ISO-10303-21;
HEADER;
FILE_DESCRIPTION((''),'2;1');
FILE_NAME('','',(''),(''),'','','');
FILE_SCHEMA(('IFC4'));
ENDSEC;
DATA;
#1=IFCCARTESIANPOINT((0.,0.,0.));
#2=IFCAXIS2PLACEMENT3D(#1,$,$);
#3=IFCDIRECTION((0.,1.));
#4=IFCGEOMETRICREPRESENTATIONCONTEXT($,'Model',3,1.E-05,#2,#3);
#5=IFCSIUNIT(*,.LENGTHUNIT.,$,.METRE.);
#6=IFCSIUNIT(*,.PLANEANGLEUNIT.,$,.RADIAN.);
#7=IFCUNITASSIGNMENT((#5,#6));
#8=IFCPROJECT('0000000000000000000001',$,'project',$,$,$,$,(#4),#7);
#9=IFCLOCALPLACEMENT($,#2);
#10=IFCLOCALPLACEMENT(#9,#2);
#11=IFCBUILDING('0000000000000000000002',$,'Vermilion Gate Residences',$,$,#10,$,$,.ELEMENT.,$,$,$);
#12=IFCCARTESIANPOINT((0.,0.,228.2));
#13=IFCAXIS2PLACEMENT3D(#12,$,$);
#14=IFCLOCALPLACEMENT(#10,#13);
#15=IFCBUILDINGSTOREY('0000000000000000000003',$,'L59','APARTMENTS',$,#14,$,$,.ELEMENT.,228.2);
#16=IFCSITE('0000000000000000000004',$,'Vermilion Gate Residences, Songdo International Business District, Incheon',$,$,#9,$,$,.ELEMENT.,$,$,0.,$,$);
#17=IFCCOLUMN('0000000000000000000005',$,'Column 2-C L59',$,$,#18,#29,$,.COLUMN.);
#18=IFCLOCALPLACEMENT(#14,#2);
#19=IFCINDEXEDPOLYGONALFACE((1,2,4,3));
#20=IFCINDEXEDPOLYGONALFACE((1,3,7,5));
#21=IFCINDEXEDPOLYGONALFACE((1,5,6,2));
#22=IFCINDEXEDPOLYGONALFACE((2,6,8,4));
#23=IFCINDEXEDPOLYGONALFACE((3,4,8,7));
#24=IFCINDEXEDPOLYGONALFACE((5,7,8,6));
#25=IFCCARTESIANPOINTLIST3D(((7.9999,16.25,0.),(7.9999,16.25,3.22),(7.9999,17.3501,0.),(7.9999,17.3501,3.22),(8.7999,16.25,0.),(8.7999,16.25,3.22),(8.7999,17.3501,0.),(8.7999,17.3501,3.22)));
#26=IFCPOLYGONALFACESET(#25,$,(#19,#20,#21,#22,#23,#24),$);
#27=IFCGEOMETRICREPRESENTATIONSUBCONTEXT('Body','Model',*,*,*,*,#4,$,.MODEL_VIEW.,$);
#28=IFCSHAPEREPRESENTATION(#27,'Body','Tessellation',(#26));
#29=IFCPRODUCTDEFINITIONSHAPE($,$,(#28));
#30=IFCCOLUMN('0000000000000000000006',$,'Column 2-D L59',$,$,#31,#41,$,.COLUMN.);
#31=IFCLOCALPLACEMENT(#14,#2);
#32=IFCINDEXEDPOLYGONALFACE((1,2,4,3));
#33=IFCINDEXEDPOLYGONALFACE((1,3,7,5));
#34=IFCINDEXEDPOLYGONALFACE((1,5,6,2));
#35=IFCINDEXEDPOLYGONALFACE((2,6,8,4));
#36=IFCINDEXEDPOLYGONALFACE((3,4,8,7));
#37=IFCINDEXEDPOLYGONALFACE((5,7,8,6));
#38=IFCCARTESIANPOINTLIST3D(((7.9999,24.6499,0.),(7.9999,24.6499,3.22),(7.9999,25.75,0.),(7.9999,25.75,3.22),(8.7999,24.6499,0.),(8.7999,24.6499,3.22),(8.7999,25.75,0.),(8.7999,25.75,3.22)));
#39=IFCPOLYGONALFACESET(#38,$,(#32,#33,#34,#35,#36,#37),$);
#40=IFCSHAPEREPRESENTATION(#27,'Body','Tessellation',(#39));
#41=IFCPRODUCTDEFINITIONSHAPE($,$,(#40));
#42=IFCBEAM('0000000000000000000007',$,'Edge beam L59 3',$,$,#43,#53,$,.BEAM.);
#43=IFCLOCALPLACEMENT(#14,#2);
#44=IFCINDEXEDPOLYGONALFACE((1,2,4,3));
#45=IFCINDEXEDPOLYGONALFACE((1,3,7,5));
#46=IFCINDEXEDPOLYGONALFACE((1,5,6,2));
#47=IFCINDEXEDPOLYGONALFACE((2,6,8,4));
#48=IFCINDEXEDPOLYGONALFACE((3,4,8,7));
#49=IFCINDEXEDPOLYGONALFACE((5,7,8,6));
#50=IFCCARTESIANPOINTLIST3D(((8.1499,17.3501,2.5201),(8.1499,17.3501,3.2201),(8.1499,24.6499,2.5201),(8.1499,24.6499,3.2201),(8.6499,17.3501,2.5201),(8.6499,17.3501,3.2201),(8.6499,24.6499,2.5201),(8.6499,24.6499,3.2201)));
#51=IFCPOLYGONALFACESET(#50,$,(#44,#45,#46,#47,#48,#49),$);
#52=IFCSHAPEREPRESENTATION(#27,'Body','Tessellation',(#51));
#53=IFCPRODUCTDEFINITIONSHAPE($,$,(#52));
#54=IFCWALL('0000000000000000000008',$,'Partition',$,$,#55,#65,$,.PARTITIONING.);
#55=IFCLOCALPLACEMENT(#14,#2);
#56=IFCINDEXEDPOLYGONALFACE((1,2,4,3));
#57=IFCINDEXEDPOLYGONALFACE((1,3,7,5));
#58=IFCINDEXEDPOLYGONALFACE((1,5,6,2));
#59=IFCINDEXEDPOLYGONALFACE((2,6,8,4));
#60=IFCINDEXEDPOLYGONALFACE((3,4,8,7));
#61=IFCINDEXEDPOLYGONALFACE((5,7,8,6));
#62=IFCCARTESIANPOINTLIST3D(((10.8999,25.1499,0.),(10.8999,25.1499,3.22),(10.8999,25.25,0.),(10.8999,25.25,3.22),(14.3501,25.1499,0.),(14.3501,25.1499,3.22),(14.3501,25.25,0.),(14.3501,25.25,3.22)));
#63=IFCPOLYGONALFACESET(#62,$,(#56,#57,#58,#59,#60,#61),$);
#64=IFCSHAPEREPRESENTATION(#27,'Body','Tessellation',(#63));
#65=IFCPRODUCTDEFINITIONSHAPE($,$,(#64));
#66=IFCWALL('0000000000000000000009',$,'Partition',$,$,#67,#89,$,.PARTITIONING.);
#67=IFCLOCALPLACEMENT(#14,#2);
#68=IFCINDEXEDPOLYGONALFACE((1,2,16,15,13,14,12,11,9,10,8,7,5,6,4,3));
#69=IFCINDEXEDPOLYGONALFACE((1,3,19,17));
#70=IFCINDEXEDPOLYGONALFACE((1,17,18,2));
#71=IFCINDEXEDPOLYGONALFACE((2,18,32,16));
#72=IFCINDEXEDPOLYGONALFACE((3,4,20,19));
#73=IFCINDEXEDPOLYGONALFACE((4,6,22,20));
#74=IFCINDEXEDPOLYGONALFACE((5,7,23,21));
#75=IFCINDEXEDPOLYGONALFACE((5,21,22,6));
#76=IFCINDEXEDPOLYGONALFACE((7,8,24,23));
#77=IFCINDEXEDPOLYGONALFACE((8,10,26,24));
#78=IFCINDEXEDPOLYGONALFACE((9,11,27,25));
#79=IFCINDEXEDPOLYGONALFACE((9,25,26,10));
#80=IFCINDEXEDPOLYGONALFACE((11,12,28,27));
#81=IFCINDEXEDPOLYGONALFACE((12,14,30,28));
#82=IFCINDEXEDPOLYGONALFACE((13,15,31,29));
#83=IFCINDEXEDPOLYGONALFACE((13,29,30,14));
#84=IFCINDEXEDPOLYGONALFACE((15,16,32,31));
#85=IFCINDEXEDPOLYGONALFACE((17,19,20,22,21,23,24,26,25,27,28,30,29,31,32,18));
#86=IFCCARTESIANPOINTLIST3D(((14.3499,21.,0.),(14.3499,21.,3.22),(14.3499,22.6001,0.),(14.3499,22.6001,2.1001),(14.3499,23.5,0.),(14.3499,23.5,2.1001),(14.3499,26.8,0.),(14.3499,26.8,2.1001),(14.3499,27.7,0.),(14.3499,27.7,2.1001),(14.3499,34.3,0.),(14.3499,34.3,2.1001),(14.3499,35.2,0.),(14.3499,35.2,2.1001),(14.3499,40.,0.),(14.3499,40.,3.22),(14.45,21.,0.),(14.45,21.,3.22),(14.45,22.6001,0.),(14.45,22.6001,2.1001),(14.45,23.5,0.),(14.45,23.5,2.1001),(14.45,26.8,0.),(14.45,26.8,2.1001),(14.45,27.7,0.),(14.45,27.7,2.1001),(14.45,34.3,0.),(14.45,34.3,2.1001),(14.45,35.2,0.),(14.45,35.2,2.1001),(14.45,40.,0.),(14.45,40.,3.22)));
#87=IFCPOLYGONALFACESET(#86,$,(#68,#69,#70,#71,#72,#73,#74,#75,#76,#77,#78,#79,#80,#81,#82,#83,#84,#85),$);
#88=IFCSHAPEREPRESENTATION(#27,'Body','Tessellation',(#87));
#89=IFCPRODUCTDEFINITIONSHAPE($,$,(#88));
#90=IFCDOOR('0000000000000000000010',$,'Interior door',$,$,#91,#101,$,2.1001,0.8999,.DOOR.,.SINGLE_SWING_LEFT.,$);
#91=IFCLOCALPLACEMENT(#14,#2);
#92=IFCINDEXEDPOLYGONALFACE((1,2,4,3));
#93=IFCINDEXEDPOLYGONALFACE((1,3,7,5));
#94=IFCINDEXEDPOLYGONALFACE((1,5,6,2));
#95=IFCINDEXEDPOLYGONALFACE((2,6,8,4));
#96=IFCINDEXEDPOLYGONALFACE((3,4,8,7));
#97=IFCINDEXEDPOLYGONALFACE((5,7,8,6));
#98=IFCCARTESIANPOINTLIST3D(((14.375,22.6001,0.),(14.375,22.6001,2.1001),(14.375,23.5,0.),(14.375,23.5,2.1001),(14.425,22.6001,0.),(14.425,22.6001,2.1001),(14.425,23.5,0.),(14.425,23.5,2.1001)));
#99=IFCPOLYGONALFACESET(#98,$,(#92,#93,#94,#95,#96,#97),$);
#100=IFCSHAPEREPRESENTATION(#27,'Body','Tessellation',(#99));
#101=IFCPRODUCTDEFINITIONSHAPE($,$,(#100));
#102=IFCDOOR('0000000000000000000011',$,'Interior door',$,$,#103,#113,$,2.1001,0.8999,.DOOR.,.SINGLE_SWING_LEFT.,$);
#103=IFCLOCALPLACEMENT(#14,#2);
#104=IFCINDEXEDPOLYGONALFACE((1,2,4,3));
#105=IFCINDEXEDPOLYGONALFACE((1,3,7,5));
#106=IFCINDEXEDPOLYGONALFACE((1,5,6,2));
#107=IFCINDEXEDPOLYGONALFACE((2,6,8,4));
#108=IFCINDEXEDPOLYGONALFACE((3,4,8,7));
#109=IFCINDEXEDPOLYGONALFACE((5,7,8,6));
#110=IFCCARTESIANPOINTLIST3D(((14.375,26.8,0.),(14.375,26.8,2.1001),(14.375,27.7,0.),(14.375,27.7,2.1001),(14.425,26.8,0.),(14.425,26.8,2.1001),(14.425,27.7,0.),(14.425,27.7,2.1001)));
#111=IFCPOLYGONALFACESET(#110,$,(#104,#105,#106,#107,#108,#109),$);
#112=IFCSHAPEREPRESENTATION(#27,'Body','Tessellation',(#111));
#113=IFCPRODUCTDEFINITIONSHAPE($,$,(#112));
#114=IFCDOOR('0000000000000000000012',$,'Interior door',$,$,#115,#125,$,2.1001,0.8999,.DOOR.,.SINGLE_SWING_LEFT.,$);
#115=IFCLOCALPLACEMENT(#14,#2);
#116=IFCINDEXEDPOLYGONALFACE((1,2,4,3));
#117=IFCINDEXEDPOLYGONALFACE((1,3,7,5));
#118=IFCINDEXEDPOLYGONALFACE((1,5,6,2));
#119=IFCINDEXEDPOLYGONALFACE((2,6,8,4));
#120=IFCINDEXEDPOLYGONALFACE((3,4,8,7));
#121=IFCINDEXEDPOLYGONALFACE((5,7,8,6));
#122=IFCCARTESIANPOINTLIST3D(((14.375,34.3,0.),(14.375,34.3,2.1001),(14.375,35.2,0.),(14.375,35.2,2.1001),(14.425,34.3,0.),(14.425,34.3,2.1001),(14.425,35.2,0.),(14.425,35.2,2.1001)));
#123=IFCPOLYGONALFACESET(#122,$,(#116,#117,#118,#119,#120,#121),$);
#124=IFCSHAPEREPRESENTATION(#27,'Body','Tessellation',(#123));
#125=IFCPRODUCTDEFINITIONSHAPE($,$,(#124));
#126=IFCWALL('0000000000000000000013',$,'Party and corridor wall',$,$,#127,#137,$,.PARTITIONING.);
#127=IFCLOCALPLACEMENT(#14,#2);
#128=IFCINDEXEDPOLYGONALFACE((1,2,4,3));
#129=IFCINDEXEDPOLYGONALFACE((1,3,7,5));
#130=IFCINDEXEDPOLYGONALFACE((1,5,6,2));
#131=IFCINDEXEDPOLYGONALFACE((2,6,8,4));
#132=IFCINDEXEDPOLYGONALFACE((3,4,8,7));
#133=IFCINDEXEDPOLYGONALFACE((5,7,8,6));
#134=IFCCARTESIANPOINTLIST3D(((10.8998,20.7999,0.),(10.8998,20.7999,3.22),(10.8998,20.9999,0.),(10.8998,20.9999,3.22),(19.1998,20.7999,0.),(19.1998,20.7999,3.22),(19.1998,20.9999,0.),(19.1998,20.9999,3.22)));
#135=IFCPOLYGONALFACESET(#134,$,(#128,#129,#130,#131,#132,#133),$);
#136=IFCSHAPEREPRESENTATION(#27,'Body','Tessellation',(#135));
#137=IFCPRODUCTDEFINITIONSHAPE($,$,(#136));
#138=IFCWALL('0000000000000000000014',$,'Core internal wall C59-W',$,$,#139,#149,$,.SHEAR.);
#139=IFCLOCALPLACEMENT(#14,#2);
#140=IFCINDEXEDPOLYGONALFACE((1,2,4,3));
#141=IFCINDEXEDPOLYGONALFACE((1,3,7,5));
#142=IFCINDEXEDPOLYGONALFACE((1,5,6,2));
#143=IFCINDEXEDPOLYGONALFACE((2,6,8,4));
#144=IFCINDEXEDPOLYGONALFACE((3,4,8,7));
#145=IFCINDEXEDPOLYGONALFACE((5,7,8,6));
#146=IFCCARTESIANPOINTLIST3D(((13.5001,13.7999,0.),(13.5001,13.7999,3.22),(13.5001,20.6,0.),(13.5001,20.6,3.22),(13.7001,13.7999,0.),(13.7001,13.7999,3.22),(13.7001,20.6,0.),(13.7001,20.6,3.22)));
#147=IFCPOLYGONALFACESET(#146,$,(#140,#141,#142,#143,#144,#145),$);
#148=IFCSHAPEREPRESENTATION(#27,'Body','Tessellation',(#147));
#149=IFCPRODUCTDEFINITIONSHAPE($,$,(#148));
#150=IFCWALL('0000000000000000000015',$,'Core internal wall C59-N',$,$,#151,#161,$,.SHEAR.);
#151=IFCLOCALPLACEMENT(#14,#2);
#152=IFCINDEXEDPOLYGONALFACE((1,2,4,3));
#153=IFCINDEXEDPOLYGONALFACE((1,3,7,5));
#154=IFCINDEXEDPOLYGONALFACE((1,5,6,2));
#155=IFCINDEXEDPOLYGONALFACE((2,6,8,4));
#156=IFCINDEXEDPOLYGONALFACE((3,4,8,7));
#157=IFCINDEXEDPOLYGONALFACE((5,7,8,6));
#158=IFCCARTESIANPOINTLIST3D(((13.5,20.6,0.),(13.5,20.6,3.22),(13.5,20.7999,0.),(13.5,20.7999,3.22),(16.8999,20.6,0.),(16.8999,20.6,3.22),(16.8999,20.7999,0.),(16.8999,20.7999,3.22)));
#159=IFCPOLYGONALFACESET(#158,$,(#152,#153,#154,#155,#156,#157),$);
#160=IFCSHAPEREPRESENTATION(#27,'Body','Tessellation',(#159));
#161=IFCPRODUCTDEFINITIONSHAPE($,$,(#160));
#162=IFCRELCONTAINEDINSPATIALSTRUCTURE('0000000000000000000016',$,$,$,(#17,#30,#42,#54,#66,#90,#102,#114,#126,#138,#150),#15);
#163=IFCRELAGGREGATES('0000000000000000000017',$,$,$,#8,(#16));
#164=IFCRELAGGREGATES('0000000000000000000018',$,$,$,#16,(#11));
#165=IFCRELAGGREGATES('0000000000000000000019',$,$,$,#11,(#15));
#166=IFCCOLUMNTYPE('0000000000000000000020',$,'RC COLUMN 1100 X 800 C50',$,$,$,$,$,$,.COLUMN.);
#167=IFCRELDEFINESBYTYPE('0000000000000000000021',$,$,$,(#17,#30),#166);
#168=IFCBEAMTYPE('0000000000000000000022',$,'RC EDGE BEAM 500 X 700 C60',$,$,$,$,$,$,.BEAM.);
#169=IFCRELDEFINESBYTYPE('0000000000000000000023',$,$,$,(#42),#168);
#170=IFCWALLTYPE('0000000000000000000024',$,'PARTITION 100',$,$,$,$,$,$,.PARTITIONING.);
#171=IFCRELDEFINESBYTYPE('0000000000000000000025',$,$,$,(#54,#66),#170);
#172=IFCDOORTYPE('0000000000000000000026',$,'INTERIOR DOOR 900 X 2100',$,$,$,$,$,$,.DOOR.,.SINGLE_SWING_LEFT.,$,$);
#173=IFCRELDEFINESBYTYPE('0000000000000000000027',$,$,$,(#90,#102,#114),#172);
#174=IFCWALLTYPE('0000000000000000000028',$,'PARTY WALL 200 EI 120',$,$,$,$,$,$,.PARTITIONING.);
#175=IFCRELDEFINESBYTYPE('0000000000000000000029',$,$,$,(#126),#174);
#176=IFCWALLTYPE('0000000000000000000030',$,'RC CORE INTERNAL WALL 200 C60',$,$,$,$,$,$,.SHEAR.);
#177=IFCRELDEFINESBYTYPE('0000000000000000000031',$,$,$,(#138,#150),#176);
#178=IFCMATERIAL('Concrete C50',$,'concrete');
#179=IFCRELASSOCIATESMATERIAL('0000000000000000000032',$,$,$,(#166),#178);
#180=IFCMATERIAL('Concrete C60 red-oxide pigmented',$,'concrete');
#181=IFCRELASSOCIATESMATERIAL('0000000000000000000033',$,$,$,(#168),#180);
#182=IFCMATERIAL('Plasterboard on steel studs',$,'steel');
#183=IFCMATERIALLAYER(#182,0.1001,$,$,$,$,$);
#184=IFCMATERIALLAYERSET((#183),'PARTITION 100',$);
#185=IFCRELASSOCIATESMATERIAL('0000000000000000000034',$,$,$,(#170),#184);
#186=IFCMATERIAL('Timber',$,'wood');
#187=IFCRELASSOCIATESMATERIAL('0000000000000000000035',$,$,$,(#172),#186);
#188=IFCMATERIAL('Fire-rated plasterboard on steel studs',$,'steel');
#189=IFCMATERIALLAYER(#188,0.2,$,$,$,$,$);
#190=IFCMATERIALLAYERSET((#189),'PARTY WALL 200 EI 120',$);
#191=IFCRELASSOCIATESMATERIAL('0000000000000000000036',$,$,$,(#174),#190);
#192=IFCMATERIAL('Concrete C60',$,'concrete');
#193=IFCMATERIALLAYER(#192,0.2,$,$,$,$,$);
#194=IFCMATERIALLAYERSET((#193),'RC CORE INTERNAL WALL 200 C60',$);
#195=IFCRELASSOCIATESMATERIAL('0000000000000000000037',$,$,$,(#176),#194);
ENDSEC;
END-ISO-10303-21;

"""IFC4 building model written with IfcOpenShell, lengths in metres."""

from ifc_helpers import new_model, si_unit, direction, frame, frame_2d, origin, origin_2d, place, context, subcontext, project, spatial, rectangle, extrude, material, layer, layer_set, material_profile, profile_set, type_object, element, fill, save


model = new_model("IFC4")

# Units and contexts
model_context = context("Model", 3, precision=1e-05, world=origin(), true_north=direction((0.0, 1.0)))
body_context = subcontext(model_context, "Body", "Model", "MODEL_VIEW")
ifc_project = project(units=[si_unit("LENGTHUNIT", "METRE"), si_unit("PLANEANGLEUNIT", "RADIAN")], contexts=[model_context])

# Site, building, storey
site_placement = place(None, origin())
site = spatial("IfcSite", under=ifc_project, at=site_placement, Name="Vermilion Gate Residences, Songdo International Business District, Incheon", CompositionType="ELEMENT", RefElevation=0.0)
building_placement = place(site_placement, origin())
building = spatial("IfcBuilding", under=site, at=building_placement, Name="Vermilion Gate Residences", CompositionType="ELEMENT")
storey_placement = place(building_placement, frame((0.0, 0.0, 228.2)))
storey = spatial("IfcBuildingStorey", under=building, at=storey_placement, Name="L59", Description="APARTMENTS", CompositionType="ELEMENT", Elevation=228.2)

# Columns
ifc_material_1 = material(Name="Concrete C50", Category="concrete")
ifc_material_profile_1 = material_profile(ifc_material_1, rectangle(XDim=1.1001, YDim=0.8, at=origin_2d()), Name="RC-1100x800")
ifc_profile_set_1 = profile_set([ifc_material_profile_1], Name="Concrete C50")
column_type = type_object("IfcColumnType", Name="RC COLUMN 1100 X 800 C50", PredefinedType="COLUMN", material=ifc_profile_set_1)
for number, where, z_axis, x_axis, name in (
    (1, (8.3999, 16.8, 0.0), (0.0, 0.0, 1.0), (0.0, 1.0, 0.0), "Column 2-C L59"),
    (2, (8.3999, 25.2, 0.0), (0.0, 0.0, 1.0), (0.0, 1.0, 0.0), "Column 2-D L59"),
):
    element("IfcColumn", number, at=place(storey_placement, frame(where, z_axis=z_axis, x_axis=x_axis)), inside=storey, type_object=column_type, Name=name, PredefinedType="COLUMN", context=body_context, shape_type="SweptSolid", body=[
        extrude(rectangle(XDim=1.1001, YDim=0.8, at=origin_2d()), origin(), (0.0, 0.0, 1.0), 3.22),
    ])

# Beam
ifc_material_2 = material(Name="Concrete C60 red-oxide pigmented", Category="concrete")
ifc_material_profile_2 = material_profile(ifc_material_2, rectangle(XDim=0.5, YDim=0.7, at=origin_2d()), Name="RC-500x700")
ifc_profile_set_2 = profile_set([ifc_material_profile_2], Name="Concrete C60 red-oxide pigmented")
beam_type = type_object("IfcBeamType", Name="RC EDGE BEAM 500 X 700 C60", PredefinedType="BEAM", material=ifc_profile_set_2)
beam_placement = place(storey_placement, frame((8.3999, 17.3501, 2.8701), z_axis=(0.0, 1.0, 0.0), x_axis=(-1.0, 0.0, 0.0)))
element("IfcBeam", 3, at=beam_placement, inside=storey, type_object=beam_type, Name="Edge beam L59 3", PredefinedType="BEAM", context=body_context, shape_type="SweptSolid", body=[
    extrude(rectangle(XDim=0.5, YDim=0.7, at=origin_2d()), origin(), (0.0, 0.0, 1.0), 7.2998),
])

# Wall
ifc_material_3 = material(Name="Plasterboard on steel studs", Category="steel")
ifc_layer_1 = layer(ifc_material_3, 0.1001)
ifc_layer_set_1 = layer_set([ifc_layer_1], Name="PARTITION 100")
wall_type_1 = type_object("IfcWallType", Name="PARTITION 100", PredefinedType="PARTITIONING", material=ifc_layer_set_1)
wall_1_placement = place(storey_placement, frame((10.8999, 25.2, 0.0), z_axis=(0.0, 0.0, 1.0), x_axis=(1.0, 0.0, 0.0)))
element("IfcWall", 4, at=wall_1_placement, inside=storey, type_object=wall_type_1, Name="Partition", PredefinedType="PARTITIONING", context=body_context, shape_type="SweptSolid", body=[
    extrude(rectangle(XDim=3.4502, YDim=0.1001, at=frame_2d((1.7251, 0.0))), origin(), (0.0, 0.0, 1.0), 3.22),
])

# Wall, openings, doors
wall_2_placement = place(storey_placement, frame((14.3999, 21.0, 0.0), z_axis=(0.0, 0.0, 1.0), x_axis=(0.0, 1.0, 0.0)))
wall_2 = element("IfcWall", 5, at=wall_2_placement, inside=storey, type_object=wall_type_1, Name="Partition", PredefinedType="PARTITIONING", context=body_context, shape_type="SweptSolid", body=[
    extrude(rectangle(XDim=19.0, YDim=0.1001, at=frame_2d((9.5, 0.0))), origin(), (0.0, 0.0, 1.0), 3.22),
])
opening_1_placement = place(wall_2_placement, frame((1.6001, 0.0, 0.0)))
opening_1 = element("IfcOpeningElement", 6, at=opening_1_placement, cuts=wall_2, PredefinedType="OPENING", context=body_context, shape_type="SweptSolid", body=[
    extrude(rectangle(XDim=0.8999, YDim=2.1001, at=frame_2d((0.45, 1.05))), frame((0.0, 0.0601, 0.0), z_axis=(0.0, -1.0, 0.0), x_axis=(1.0, 0.0, 0.0)), (0.0, 0.0, 1.0), 0.1201),
])
opening_2_placement = place(wall_2_placement, frame((5.8, 0.0, 0.0)))
opening_2 = element("IfcOpeningElement", 7, at=opening_2_placement, cuts=wall_2, PredefinedType="OPENING", context=body_context, shape_type="SweptSolid", body=[
    extrude(rectangle(XDim=0.8999, YDim=2.1001, at=frame_2d((0.45, 1.05))), frame((0.0, 0.0601, 0.0), z_axis=(0.0, -1.0, 0.0), x_axis=(1.0, 0.0, 0.0)), (0.0, 0.0, 1.0), 0.1201),
])
opening_3_placement = place(wall_2_placement, frame((13.3, 0.0, 0.0)))
opening_3 = element("IfcOpeningElement", 8, at=opening_3_placement, cuts=wall_2, PredefinedType="OPENING", context=body_context, shape_type="SweptSolid", body=[
    extrude(rectangle(XDim=0.8999, YDim=2.1001, at=frame_2d((0.45, 1.05))), frame((0.0, 0.0601, 0.0), z_axis=(0.0, -1.0, 0.0), x_axis=(1.0, 0.0, 0.0)), (0.0, 0.0, 1.0), 0.1201),
])
ifc_material_4 = material(Name="Timber", Category="wood")
door_type_1 = type_object("IfcDoorType", Name="INTERIOR DOOR 900 X 2100", OperationType="SINGLE_SWING_LEFT", PredefinedType="DOOR", material=ifc_material_4)
door_1_placement = place(opening_1_placement, origin())
door_1 = element("IfcDoor", 9, at=door_1_placement, inside=storey, type_object=door_type_1, Name="Interior door", OperationType="SINGLE_SWING_LEFT", OverallHeight=2.1001, OverallWidth=0.8999, PredefinedType="DOOR", context=body_context, shape_type="SweptSolid", body=[
    extrude(rectangle(XDim=0.8999, YDim=2.1001, at=frame_2d((0.45, 1.05))), frame((0.0, 0.0249, 0.0), z_axis=(0.0, -1.0, 0.0), x_axis=(1.0, 0.0, 0.0)), (0.0, 0.0, 1.0), 0.05),
])
fill(opening_1, door_1)
door_2_placement = place(opening_2_placement, origin())
door_2 = element("IfcDoor", 10, at=door_2_placement, inside=storey, type_object=door_type_1, Name="Interior door", OperationType="SINGLE_SWING_LEFT", OverallHeight=2.1001, OverallWidth=0.8999, PredefinedType="DOOR", context=body_context, shape_type="SweptSolid", body=[
    extrude(rectangle(XDim=0.8999, YDim=2.1001, at=frame_2d((0.45, 1.05))), frame((0.0, 0.0249, 0.0), z_axis=(0.0, -1.0, 0.0), x_axis=(1.0, 0.0, 0.0)), (0.0, 0.0, 1.0), 0.05),
])
fill(opening_2, door_2)
door_3_placement = place(opening_3_placement, origin())
door_3 = element("IfcDoor", 11, at=door_3_placement, inside=storey, type_object=door_type_1, Name="Interior door", OperationType="SINGLE_SWING_LEFT", OverallHeight=2.1001, OverallWidth=0.8999, PredefinedType="DOOR", context=body_context, shape_type="SweptSolid", body=[
    extrude(rectangle(XDim=0.8999, YDim=2.1001, at=frame_2d((0.45, 1.05))), frame((0.0, 0.0249, 0.0), z_axis=(0.0, -1.0, 0.0), x_axis=(1.0, 0.0, 0.0)), (0.0, 0.0, 1.0), 0.05),
])
fill(opening_3, door_3)

# Walls
ifc_material_5 = material(Name="Fire-rated plasterboard on steel studs", Category="steel")
ifc_layer_2 = layer(ifc_material_5, 0.2)
ifc_layer_set_2 = layer_set([ifc_layer_2], Name="PARTY WALL 200 EI 120")
wall_type_2 = type_object("IfcWallType", Name="PARTY WALL 200 EI 120", PredefinedType="PARTITIONING", material=ifc_layer_set_2)
wall_3_placement = place(storey_placement, frame((10.8999, 20.8999, 0.0), z_axis=(0.0, 0.0, 1.0), x_axis=(1.0, 0.0, 0.0)))
element("IfcWall", 12, at=wall_3_placement, inside=storey, type_object=wall_type_2, Name="Party and corridor wall", PredefinedType="PARTITIONING", context=body_context, shape_type="SweptSolid", body=[
    extrude(rectangle(XDim=8.3, YDim=0.2, at=frame_2d((4.1499, 0.0))), origin(), (0.0, 0.0, 1.0), 3.22),
])
ifc_material_6 = material(Name="Concrete C60", Category="concrete")
ifc_layer_3 = layer(ifc_material_6, 0.2)
ifc_layer_set_3 = layer_set([ifc_layer_3], Name="RC CORE INTERNAL WALL 200 C60")
wall_type_3 = type_object("IfcWallType", Name="RC CORE INTERNAL WALL 200 C60", PredefinedType="SHEAR", material=ifc_layer_set_3)
wall_4_placement = place(storey_placement, frame((13.6001, 13.8, 0.0), z_axis=(0.0, 0.0, 1.0), x_axis=(0.0, 1.0, 0.0)))
element("IfcWall", 13, at=wall_4_placement, inside=storey, type_object=wall_type_3, Name="Core internal wall C59-W", PredefinedType="SHEAR", context=body_context, shape_type="SweptSolid", body=[
    extrude(rectangle(XDim=6.8, YDim=0.2, at=frame_2d((3.3999, 0.0))), origin(), (0.0, 0.0, 1.0), 3.22),
])
wall_5_placement = place(storey_placement, frame((13.5, 20.7, 0.0), z_axis=(0.0, 0.0, 1.0), x_axis=(1.0, 0.0, 0.0)))
element("IfcWall", 14, at=wall_5_placement, inside=storey, type_object=wall_type_3, Name="Core internal wall C59-N", PredefinedType="SHEAR", context=body_context, shape_type="SweptSolid", body=[
    extrude(rectangle(XDim=3.3999, YDim=0.2, at=frame_2d((1.7, 0.0))), origin(), (0.0, 0.0, 1.0), 3.22),
])

save(model, "model.ifc")
